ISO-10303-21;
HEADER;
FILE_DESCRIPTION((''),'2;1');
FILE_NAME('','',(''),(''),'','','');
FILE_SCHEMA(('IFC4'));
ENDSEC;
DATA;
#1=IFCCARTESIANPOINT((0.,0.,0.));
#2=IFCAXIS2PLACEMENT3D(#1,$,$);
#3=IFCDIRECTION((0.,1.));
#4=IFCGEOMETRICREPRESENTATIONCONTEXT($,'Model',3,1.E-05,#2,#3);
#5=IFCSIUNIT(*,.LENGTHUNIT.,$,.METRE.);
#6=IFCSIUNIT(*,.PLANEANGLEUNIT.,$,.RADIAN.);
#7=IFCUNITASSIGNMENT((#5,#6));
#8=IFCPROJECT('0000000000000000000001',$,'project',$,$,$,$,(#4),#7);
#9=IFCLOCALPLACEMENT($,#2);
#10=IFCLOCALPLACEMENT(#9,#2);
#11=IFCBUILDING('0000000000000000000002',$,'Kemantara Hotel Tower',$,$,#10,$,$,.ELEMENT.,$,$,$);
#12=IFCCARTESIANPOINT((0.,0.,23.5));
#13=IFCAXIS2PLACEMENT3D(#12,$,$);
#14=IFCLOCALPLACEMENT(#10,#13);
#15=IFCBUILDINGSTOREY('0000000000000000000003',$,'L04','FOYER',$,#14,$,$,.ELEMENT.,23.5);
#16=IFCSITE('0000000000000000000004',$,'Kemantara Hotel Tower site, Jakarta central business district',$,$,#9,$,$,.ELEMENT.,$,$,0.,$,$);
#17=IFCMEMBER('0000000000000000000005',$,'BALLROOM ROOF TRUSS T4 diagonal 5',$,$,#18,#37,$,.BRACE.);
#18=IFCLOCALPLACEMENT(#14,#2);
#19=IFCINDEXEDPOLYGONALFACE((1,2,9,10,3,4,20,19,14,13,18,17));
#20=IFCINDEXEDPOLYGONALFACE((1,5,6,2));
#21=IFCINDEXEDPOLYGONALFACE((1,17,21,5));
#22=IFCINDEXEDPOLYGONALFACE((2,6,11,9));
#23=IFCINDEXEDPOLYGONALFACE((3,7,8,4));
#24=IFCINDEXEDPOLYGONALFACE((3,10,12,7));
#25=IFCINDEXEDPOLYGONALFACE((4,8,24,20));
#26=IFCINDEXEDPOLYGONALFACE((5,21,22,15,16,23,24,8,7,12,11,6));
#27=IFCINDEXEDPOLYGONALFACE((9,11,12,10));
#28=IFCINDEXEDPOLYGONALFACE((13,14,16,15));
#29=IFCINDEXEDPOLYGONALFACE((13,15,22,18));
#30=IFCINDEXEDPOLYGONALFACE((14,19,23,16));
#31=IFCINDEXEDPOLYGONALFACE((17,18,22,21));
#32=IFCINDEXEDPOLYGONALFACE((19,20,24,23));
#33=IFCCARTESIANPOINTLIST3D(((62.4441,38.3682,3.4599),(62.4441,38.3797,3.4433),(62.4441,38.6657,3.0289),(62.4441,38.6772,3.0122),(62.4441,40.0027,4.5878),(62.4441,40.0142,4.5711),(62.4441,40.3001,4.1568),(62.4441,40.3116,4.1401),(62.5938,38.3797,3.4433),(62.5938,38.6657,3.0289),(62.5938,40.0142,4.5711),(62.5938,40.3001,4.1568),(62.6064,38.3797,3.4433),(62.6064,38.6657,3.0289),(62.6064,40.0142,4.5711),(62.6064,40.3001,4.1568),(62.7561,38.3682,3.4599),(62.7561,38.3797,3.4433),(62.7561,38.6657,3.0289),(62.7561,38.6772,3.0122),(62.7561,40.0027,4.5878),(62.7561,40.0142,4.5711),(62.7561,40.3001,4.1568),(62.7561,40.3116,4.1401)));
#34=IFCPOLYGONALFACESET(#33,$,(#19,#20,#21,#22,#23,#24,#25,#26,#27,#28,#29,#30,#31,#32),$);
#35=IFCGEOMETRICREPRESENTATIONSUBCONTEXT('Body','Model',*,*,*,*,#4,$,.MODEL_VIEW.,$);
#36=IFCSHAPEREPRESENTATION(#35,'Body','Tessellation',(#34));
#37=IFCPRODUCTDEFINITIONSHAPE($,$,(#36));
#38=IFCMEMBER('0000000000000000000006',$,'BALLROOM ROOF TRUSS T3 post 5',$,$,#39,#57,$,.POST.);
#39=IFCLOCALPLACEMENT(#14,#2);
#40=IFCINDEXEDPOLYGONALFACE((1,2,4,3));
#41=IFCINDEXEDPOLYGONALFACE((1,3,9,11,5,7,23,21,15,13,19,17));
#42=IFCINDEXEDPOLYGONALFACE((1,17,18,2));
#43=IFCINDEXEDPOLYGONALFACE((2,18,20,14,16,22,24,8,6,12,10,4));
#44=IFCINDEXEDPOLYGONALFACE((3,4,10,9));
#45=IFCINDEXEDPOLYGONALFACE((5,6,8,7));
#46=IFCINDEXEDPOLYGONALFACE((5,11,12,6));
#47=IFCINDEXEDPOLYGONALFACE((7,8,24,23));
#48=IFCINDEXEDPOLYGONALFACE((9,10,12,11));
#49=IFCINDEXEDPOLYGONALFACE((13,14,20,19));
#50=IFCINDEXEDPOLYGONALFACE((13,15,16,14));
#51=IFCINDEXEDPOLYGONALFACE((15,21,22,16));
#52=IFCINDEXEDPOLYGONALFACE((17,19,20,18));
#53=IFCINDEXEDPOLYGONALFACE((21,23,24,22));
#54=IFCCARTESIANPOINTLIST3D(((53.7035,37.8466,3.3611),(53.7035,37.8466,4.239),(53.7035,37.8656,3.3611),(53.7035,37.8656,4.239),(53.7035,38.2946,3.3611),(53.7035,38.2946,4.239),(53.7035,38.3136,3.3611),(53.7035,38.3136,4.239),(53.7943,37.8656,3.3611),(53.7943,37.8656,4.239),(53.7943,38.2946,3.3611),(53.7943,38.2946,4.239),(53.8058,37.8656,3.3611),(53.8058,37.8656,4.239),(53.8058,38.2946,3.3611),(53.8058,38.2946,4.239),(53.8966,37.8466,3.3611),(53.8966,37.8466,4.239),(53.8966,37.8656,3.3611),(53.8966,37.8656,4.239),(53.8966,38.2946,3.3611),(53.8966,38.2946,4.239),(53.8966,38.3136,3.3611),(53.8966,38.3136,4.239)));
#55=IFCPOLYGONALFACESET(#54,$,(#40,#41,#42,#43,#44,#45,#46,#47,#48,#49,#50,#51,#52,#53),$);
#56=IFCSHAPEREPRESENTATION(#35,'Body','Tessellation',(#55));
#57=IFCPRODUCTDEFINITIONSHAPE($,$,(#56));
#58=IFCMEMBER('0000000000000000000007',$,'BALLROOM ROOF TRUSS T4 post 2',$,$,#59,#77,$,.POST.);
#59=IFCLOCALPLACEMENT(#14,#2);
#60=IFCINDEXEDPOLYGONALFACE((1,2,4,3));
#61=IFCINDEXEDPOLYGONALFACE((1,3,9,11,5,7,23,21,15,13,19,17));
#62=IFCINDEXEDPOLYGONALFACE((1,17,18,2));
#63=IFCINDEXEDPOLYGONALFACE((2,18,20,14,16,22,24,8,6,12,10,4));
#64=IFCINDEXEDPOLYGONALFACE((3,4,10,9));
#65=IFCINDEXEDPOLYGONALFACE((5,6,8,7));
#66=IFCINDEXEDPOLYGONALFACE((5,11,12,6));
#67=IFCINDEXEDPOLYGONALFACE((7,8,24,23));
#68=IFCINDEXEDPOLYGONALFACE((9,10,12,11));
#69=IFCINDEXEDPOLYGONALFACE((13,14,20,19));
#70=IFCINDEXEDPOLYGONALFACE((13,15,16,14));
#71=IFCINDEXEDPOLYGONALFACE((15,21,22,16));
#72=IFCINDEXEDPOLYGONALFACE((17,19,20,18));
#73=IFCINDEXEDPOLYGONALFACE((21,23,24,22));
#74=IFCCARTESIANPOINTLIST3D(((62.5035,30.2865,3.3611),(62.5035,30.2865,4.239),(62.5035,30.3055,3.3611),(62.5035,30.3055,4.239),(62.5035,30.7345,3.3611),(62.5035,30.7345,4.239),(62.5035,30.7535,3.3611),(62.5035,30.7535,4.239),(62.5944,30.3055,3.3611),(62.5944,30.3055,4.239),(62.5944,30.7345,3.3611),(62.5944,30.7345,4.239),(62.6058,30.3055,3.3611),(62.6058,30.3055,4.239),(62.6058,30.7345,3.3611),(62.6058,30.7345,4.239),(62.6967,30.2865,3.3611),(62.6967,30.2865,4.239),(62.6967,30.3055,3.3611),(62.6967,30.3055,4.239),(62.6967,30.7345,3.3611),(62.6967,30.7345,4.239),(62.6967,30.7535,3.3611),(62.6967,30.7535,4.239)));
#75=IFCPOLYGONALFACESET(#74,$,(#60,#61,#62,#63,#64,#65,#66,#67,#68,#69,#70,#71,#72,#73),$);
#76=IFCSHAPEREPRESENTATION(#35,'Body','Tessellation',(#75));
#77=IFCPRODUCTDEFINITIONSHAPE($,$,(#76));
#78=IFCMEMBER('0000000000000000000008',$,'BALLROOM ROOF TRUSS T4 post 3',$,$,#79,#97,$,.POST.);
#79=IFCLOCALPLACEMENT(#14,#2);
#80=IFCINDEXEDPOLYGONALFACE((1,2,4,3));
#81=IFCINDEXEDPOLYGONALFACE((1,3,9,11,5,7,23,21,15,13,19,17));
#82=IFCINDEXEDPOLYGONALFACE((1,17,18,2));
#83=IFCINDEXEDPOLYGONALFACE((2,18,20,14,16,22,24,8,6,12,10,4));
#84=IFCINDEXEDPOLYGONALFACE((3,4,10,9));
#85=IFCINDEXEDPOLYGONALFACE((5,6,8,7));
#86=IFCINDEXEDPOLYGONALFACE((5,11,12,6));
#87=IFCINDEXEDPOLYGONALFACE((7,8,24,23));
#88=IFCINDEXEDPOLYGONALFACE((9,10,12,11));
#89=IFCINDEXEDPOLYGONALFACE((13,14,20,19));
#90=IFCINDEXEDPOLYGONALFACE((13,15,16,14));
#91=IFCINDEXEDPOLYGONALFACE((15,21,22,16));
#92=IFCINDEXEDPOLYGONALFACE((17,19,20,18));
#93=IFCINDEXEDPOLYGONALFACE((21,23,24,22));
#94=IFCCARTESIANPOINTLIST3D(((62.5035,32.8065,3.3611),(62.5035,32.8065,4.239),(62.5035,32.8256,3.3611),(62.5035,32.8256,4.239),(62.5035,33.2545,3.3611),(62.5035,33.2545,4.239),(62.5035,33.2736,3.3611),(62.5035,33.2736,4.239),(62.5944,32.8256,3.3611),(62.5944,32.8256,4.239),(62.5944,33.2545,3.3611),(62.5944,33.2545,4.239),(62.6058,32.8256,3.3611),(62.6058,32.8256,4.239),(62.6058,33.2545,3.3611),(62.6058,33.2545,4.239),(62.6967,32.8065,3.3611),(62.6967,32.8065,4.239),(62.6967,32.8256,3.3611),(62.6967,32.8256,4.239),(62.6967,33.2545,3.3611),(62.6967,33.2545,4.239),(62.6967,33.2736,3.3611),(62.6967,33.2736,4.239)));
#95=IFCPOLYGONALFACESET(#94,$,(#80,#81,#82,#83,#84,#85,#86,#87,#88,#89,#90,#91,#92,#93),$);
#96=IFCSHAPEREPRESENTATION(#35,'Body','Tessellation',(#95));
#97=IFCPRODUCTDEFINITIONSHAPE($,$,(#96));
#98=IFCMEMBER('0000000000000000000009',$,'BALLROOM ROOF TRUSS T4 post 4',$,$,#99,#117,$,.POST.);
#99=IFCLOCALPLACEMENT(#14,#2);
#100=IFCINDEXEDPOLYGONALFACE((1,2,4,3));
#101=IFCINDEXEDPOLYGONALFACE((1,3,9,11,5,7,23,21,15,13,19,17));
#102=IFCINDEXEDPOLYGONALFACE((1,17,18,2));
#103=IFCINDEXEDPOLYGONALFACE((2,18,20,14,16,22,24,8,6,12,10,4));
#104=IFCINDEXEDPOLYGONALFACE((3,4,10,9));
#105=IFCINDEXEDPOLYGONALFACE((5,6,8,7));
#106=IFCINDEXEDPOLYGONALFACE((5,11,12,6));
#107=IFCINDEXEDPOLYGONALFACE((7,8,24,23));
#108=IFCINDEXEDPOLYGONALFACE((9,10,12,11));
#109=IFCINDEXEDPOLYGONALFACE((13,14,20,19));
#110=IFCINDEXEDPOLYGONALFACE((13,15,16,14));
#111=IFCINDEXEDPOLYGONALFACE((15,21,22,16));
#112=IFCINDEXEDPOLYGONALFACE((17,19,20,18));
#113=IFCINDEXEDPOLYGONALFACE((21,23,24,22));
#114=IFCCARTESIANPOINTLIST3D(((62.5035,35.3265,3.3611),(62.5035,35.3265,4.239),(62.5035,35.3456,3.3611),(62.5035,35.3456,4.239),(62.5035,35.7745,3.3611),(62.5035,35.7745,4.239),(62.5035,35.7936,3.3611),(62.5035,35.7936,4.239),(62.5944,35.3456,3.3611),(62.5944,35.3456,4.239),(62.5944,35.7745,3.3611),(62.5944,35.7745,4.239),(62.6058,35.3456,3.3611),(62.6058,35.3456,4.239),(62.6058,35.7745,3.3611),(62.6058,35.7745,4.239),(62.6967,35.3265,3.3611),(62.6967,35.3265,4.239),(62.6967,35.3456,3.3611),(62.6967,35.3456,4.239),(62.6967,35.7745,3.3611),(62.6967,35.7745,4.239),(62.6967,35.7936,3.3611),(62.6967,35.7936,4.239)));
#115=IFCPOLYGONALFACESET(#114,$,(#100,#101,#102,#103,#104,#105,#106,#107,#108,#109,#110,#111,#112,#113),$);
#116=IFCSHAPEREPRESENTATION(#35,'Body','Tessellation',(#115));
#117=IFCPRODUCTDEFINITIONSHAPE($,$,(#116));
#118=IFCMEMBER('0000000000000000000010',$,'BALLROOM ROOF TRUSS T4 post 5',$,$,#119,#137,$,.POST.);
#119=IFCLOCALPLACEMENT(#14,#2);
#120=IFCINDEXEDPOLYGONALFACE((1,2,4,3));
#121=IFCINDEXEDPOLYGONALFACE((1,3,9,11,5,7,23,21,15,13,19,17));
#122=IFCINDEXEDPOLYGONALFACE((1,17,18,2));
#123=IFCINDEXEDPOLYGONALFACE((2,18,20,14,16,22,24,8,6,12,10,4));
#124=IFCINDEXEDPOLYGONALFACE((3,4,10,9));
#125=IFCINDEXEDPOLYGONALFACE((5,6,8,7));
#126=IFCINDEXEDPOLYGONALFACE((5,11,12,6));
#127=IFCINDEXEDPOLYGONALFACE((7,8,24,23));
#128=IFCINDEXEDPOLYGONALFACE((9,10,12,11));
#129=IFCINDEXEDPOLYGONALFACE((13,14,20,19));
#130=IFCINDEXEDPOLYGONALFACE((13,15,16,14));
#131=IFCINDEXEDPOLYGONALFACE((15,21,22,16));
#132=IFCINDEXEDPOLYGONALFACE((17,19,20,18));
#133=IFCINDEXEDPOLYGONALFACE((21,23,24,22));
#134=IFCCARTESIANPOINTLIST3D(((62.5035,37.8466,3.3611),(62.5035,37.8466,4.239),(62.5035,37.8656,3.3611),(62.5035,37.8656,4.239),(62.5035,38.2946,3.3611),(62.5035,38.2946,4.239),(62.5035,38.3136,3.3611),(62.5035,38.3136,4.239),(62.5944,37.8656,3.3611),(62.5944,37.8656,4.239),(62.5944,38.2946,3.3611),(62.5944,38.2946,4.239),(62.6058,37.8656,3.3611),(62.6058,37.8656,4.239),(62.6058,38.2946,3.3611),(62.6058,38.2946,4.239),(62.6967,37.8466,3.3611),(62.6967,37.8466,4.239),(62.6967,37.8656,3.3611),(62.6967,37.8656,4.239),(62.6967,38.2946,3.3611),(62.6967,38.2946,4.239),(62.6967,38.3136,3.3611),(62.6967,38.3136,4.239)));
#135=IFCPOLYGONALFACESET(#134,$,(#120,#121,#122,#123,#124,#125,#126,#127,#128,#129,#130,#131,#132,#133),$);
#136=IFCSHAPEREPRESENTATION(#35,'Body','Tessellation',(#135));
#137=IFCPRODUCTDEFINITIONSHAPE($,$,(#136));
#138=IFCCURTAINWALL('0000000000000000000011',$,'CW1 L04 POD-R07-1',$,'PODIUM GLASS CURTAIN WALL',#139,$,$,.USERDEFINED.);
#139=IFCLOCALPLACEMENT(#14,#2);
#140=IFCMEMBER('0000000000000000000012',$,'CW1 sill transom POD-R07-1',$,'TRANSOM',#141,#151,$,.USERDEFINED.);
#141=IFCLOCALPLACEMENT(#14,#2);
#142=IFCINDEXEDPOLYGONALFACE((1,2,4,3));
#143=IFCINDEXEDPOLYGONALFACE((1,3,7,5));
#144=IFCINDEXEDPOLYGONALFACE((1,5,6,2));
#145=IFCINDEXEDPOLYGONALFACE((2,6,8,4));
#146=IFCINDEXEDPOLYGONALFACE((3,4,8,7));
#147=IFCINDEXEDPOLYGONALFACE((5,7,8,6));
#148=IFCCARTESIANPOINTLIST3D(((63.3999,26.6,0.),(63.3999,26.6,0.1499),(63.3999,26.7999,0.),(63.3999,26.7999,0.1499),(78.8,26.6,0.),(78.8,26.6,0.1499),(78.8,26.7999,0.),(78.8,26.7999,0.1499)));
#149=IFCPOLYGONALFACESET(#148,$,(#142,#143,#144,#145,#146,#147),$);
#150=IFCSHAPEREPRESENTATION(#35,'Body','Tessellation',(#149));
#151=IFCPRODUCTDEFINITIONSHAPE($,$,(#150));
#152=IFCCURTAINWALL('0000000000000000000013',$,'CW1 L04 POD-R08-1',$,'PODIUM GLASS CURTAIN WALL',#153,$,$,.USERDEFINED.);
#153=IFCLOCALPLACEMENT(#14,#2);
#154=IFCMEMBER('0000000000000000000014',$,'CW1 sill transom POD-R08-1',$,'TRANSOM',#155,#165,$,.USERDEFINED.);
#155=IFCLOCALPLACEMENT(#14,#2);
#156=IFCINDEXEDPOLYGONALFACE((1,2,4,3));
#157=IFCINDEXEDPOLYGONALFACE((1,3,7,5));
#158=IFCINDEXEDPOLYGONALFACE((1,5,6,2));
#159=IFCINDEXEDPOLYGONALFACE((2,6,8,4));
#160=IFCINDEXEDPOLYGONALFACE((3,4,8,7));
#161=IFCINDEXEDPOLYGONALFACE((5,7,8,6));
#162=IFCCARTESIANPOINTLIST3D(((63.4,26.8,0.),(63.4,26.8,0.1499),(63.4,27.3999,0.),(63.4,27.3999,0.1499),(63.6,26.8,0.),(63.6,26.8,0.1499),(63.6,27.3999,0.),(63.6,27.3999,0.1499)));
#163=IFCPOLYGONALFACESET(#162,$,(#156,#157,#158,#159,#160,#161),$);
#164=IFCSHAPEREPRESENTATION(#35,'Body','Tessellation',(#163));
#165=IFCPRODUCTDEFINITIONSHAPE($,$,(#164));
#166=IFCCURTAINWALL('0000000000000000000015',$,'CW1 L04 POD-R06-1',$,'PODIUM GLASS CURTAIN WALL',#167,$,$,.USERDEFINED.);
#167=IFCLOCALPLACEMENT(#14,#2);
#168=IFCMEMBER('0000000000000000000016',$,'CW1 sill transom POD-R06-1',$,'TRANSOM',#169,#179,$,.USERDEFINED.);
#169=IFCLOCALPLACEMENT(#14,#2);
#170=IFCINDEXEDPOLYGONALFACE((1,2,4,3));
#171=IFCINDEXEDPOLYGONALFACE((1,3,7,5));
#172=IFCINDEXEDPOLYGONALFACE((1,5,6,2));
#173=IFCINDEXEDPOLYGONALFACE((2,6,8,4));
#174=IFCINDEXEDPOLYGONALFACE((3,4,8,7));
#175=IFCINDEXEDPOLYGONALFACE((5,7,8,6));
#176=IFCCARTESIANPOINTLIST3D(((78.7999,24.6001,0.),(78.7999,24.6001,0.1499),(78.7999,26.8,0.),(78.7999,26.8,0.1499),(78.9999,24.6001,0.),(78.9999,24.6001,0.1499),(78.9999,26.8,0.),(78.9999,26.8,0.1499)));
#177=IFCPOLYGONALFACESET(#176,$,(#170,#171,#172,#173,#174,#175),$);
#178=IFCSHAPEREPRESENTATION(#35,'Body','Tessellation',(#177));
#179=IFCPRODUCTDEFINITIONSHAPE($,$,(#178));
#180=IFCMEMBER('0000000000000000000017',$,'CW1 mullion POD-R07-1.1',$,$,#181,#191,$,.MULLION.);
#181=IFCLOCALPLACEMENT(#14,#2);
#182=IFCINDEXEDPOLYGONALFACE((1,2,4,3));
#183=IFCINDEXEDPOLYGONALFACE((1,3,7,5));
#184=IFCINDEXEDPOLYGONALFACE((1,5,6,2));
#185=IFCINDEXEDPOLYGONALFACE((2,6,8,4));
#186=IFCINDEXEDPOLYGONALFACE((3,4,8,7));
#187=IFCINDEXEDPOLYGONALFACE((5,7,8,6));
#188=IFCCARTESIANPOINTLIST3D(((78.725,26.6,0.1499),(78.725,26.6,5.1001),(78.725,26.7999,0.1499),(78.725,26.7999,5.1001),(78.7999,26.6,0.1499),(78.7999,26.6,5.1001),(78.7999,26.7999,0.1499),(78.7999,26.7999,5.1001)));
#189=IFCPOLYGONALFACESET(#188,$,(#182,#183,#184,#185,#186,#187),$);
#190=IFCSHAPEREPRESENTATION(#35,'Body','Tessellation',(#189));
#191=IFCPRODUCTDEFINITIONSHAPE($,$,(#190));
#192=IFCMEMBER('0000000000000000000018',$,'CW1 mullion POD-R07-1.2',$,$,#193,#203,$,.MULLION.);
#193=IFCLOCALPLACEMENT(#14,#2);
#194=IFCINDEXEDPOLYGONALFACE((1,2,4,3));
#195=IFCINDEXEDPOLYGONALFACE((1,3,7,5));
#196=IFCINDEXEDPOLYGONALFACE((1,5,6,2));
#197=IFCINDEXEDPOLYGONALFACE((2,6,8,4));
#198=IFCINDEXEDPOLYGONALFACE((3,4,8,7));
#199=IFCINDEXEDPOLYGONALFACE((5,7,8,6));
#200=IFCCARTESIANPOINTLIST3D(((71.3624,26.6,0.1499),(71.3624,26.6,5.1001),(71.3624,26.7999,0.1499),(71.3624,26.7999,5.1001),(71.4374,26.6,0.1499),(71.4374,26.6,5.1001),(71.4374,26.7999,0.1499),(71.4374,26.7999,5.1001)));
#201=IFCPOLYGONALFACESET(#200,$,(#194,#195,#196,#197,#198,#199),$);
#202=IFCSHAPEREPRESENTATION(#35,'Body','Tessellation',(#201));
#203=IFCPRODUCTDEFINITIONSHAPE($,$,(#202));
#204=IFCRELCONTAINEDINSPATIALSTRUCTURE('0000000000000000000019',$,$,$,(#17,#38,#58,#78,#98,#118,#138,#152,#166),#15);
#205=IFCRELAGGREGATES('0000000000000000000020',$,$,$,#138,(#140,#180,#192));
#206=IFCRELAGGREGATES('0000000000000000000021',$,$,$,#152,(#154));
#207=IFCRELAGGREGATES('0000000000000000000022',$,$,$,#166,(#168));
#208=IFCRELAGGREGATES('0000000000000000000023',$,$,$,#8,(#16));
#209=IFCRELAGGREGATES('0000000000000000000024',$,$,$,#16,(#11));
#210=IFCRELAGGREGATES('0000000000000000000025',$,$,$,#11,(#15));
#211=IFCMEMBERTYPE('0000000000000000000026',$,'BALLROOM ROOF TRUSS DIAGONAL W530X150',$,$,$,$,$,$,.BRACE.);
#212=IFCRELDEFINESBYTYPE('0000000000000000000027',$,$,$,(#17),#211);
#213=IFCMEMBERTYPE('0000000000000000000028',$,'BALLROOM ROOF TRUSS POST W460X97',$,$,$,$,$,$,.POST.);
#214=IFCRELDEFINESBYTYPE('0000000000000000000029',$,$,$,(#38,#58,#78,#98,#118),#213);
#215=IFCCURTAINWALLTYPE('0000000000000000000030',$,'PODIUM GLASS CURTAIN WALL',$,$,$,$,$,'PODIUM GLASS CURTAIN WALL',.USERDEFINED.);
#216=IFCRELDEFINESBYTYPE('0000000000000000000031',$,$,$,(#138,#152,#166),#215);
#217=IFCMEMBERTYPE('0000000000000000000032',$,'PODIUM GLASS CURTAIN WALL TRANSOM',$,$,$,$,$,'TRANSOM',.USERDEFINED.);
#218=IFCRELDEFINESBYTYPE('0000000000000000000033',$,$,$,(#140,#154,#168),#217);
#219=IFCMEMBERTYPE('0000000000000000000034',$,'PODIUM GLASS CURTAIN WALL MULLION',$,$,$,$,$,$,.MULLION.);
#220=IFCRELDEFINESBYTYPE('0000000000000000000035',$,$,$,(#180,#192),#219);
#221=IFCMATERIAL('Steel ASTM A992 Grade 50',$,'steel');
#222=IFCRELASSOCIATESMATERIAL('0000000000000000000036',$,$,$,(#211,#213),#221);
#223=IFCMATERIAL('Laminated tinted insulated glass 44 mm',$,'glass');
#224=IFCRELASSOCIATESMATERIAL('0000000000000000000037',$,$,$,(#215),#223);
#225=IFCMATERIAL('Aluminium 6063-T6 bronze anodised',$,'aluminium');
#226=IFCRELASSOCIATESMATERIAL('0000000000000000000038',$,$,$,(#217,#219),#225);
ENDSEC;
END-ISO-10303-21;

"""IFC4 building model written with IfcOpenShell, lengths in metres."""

from ifc_helpers import new_model, si_unit, direction, frame, origin, origin_2d, place, context, subcontext, project, spatial, rectangle, i_section, extrude, source, transform, mapped, material, material_profile, profile_set, type_object, element, aggregate, save


model = new_model("IFC4")

# Units and contexts
model_context = context("Model", 3, precision=1e-05, world=origin(), true_north=direction((0.0, 1.0)))
body_context = subcontext(model_context, "Body", "Model", "MODEL_VIEW")
ifc_project = project(units=[si_unit("LENGTHUNIT", "METRE"), si_unit("PLANEANGLEUNIT", "RADIAN")], contexts=[model_context])

# Site, building, storey
site_placement = place(None, origin())
site = spatial("IfcSite", under=ifc_project, at=site_placement, Name="Kemantara Hotel Tower site, Jakarta central business district", CompositionType="ELEMENT", RefElevation=0.0)
building_placement = place(site_placement, origin())
building = spatial("IfcBuilding", under=site, at=building_placement, Name="Kemantara Hotel Tower", CompositionType="ELEMENT")
storey_placement = place(building_placement, frame((0.0, 0.0, 23.5)))
storey = spatial("IfcBuildingStorey", under=building, at=storey_placement, Name="L04", Description="FOYER", CompositionType="ELEMENT", Elevation=23.5)

# Shared definitions
ifc_material_1 = material(Name="Steel ASTM A992 Grade 50", Category="steel")

# Members
ifc_material_profile_1 = material_profile(ifc_material_1, i_section(OverallWidth=0.312, OverallDepth=0.5439, WebThickness=0.0127, FlangeThickness=0.0203, at=origin_2d()), Name="W530X150")
ifc_profile_set_1 = profile_set([ifc_material_profile_1], Name="Steel ASTM A992 Grade 50")
member_type_1 = type_object("IfcMemberType", Name="BALLROOM ROOF TRUSS DIAGONAL W530X150", PredefinedType="BRACE", material=ifc_profile_set_1)
for number, where, z_axis, x_axis, name in (
    (1, (62.6001, 38.5227, 3.2361), (0.0, 0.823054, 0.567963), (-1.0, 0.0, 0.0), "BALLROOM ROOF TRUSS T4 diagonal 5"),
):
    element("IfcMember", number, at=place(storey_placement, frame(where, z_axis=z_axis, x_axis=x_axis)), inside=storey, type_object=member_type_1, Name=name, PredefinedType="BRACE", context=body_context, shape_type="SweptSolid", body=[
        extrude(i_section(OverallWidth=0.312, OverallDepth=0.5439, WebThickness=0.0127, FlangeThickness=0.0203, at=origin_2d()), origin(), (0.0, 0.0, 1.0), 1.9858),
    ])
ifc_material_profile_2 = material_profile(ifc_material_1, i_section(OverallWidth=0.1931, OverallDepth=0.467, WebThickness=0.0115, FlangeThickness=0.019, at=origin_2d()), Name="W460X97")
ifc_profile_set_2 = profile_set([ifc_material_profile_2], Name="Steel ASTM A992 Grade 50")
member_type_2 = type_object("IfcMemberType", Name="BALLROOM ROOF TRUSS POST W460X97", PredefinedType="POST", material=ifc_profile_set_2)
for number, where, z_axis, x_axis, name in (
    (2, (53.8, 38.0801, 3.3611), (0.0, 0.0, 1.0), (1.0, 0.0, 0.0), "BALLROOM ROOF TRUSS T3 post 5"),
    (3, (62.6001, 30.52, 3.3611), (0.0, 0.0, 1.0), (1.0, 0.0, 0.0), "BALLROOM ROOF TRUSS T4 post 2"),
    (4, (62.6001, 33.04, 3.3611), (0.0, 0.0, 1.0), (1.0, 0.0, 0.0), "BALLROOM ROOF TRUSS T4 post 3"),
    (5, (62.6001, 35.5601, 3.3611), (0.0, 0.0, 1.0), (1.0, 0.0, 0.0), "BALLROOM ROOF TRUSS T4 post 4"),
    (6, (62.6001, 38.0801, 3.3611), (0.0, 0.0, 1.0), (1.0, 0.0, 0.0), "BALLROOM ROOF TRUSS T4 post 5"),
):
    element("IfcMember", number, at=place(storey_placement, frame(where, z_axis=z_axis, x_axis=x_axis)), inside=storey, type_object=member_type_2, Name=name, PredefinedType="POST", context=body_context, shape_type="SweptSolid", body=[
        extrude(i_section(OverallWidth=0.1931, OverallDepth=0.467, WebThickness=0.0115, FlangeThickness=0.019, at=origin_2d()), origin(), (0.0, 0.0, 1.0), 0.8779),
    ])

# Curtain walls, members
ifc_material_2 = material(Name="Laminated tinted insulated glass 44 mm", Category="glass")
curtain_wall_type = type_object("IfcCurtainWallType", Name="PODIUM GLASS CURTAIN WALL", ElementType="PODIUM GLASS CURTAIN WALL", PredefinedType="USERDEFINED", material=ifc_material_2)
curtain_wall_1_placement = place(storey_placement, origin())
curtain_wall_1 = element("IfcCurtainWall", 7, at=curtain_wall_1_placement, inside=storey, type_object=curtain_wall_type, Name="CW1 L04 POD-R07-1", ObjectType="PODIUM GLASS CURTAIN WALL", PredefinedType="USERDEFINED")
ifc_material_3 = material(Name="Aluminium 6063-T6 bronze anodised", Category="aluminium")
ifc_material_profile_3 = material_profile(ifc_material_3, rectangle(XDim=0.2, YDim=0.1499, at=origin_2d()), Name="PODIUM GLASS CURTAIN WALL TRANSOM")
ifc_profile_set_3 = profile_set([ifc_material_profile_3], Name="Aluminium 6063-T6 bronze anodised")
member_type_3 = type_object("IfcMemberType", Name="PODIUM GLASS CURTAIN WALL TRANSOM", ElementType="TRANSOM", PredefinedType="USERDEFINED", material=ifc_profile_set_3)
member_1_placement = place(storey_placement, frame((78.8, 26.7, 0.075), z_axis=(-1.0, 0.0, 0.0), x_axis=(0.0, -1.0, 0.0)))
member_1 = element("IfcMember", 8, at=member_1_placement, type_object=member_type_3, Name="CW1 sill transom POD-R07-1", ObjectType="TRANSOM", PredefinedType="USERDEFINED", context=body_context, shape_type="SweptSolid", body=[
    extrude(rectangle(XDim=0.2, YDim=0.1499, at=origin_2d()), origin(), (0.0, 0.0, 1.0), 15.4001),
])
curtain_wall_2_placement = place(storey_placement, origin())
curtain_wall_2 = element("IfcCurtainWall", 9, at=curtain_wall_2_placement, inside=storey, type_object=curtain_wall_type, Name="CW1 L04 POD-R08-1", ObjectType="PODIUM GLASS CURTAIN WALL", PredefinedType="USERDEFINED")
member_2_placement = place(storey_placement, frame((63.5, 26.8, 0.075), z_axis=(0.0, 1.0, 0.0), x_axis=(-1.0, 0.0, 0.0)))
member_2 = element("IfcMember", 10, at=member_2_placement, type_object=member_type_3, Name="CW1 sill transom POD-R08-1", ObjectType="TRANSOM", PredefinedType="USERDEFINED", context=body_context, shape_type="SweptSolid", body=[
    extrude(rectangle(XDim=0.2, YDim=0.1499, at=origin_2d()), origin(), (0.0, 0.0, 1.0), 0.5999),
])
curtain_wall_3_placement = place(storey_placement, origin())
curtain_wall_3 = element("IfcCurtainWall", 11, at=curtain_wall_3_placement, inside=storey, type_object=curtain_wall_type, Name="CW1 L04 POD-R06-1", ObjectType="PODIUM GLASS CURTAIN WALL", PredefinedType="USERDEFINED")
member_3_placement = place(storey_placement, frame((78.8999, 24.6001, 0.075), z_axis=(0.0, 1.0, 0.0), x_axis=(-1.0, 0.0, 0.0)))
member_3 = element("IfcMember", 12, at=member_3_placement, type_object=member_type_3, Name="CW1 sill transom POD-R06-1", ObjectType="TRANSOM", PredefinedType="USERDEFINED", context=body_context, shape_type="SweptSolid", body=[
    extrude(rectangle(XDim=0.2, YDim=0.1499, at=origin_2d()), origin(), (0.0, 0.0, 1.0), 2.2),
])

# Members
ifc_material_profile_4 = material_profile(ifc_material_3, rectangle(XDim=0.2, YDim=0.075, at=origin_2d()), Name="PODIUM GLASS CURTAIN WALL MULLION")
ifc_profile_set_4 = profile_set([ifc_material_profile_4], Name="Aluminium 6063-T6 bronze anodised")
member_type_4 = type_object("IfcMemberType", Name="PODIUM GLASS CURTAIN WALL MULLION", PredefinedType="MULLION", material=ifc_profile_set_4)
shared_shape_1 = source(origin(), body_context, "Body", "SweptSolid", [
    extrude(rectangle(XDim=0.2, YDim=0.075, at=origin_2d()), origin(), (0.0, 0.0, 1.0), 4.9502),
])
member_4_placement = place(storey_placement, frame((78.7625, 26.7, 0.1499), z_axis=(0.0, 0.0, 1.0), x_axis=(0.0, -1.0, 0.0)))
member_4 = element("IfcMember", 13, at=member_4_placement, type_object=member_type_4, Name="CW1 mullion POD-R07-1.1", PredefinedType="MULLION", context=body_context, shape_type="MappedRepresentation", body=[
    mapped(shared_shape_1, transform((0.0, 0.0, 0.0))),
])
member_5_placement = place(storey_placement, frame((71.3999, 26.7, 0.1499), z_axis=(0.0, 0.0, 1.0), x_axis=(0.0, -1.0, 0.0)))
member_5 = element("IfcMember", 14, at=member_5_placement, type_object=member_type_4, Name="CW1 mullion POD-R07-1.2", PredefinedType="MULLION", context=body_context, shape_type="MappedRepresentation", body=[
    mapped(shared_shape_1, transform((0.0, 0.0, 0.0))),
])

aggregate(curtain_wall_1, [member_1, member_4, member_5])
aggregate(curtain_wall_2, [member_2])
aggregate(curtain_wall_3, [member_3])

save(model, "model.ifc")
